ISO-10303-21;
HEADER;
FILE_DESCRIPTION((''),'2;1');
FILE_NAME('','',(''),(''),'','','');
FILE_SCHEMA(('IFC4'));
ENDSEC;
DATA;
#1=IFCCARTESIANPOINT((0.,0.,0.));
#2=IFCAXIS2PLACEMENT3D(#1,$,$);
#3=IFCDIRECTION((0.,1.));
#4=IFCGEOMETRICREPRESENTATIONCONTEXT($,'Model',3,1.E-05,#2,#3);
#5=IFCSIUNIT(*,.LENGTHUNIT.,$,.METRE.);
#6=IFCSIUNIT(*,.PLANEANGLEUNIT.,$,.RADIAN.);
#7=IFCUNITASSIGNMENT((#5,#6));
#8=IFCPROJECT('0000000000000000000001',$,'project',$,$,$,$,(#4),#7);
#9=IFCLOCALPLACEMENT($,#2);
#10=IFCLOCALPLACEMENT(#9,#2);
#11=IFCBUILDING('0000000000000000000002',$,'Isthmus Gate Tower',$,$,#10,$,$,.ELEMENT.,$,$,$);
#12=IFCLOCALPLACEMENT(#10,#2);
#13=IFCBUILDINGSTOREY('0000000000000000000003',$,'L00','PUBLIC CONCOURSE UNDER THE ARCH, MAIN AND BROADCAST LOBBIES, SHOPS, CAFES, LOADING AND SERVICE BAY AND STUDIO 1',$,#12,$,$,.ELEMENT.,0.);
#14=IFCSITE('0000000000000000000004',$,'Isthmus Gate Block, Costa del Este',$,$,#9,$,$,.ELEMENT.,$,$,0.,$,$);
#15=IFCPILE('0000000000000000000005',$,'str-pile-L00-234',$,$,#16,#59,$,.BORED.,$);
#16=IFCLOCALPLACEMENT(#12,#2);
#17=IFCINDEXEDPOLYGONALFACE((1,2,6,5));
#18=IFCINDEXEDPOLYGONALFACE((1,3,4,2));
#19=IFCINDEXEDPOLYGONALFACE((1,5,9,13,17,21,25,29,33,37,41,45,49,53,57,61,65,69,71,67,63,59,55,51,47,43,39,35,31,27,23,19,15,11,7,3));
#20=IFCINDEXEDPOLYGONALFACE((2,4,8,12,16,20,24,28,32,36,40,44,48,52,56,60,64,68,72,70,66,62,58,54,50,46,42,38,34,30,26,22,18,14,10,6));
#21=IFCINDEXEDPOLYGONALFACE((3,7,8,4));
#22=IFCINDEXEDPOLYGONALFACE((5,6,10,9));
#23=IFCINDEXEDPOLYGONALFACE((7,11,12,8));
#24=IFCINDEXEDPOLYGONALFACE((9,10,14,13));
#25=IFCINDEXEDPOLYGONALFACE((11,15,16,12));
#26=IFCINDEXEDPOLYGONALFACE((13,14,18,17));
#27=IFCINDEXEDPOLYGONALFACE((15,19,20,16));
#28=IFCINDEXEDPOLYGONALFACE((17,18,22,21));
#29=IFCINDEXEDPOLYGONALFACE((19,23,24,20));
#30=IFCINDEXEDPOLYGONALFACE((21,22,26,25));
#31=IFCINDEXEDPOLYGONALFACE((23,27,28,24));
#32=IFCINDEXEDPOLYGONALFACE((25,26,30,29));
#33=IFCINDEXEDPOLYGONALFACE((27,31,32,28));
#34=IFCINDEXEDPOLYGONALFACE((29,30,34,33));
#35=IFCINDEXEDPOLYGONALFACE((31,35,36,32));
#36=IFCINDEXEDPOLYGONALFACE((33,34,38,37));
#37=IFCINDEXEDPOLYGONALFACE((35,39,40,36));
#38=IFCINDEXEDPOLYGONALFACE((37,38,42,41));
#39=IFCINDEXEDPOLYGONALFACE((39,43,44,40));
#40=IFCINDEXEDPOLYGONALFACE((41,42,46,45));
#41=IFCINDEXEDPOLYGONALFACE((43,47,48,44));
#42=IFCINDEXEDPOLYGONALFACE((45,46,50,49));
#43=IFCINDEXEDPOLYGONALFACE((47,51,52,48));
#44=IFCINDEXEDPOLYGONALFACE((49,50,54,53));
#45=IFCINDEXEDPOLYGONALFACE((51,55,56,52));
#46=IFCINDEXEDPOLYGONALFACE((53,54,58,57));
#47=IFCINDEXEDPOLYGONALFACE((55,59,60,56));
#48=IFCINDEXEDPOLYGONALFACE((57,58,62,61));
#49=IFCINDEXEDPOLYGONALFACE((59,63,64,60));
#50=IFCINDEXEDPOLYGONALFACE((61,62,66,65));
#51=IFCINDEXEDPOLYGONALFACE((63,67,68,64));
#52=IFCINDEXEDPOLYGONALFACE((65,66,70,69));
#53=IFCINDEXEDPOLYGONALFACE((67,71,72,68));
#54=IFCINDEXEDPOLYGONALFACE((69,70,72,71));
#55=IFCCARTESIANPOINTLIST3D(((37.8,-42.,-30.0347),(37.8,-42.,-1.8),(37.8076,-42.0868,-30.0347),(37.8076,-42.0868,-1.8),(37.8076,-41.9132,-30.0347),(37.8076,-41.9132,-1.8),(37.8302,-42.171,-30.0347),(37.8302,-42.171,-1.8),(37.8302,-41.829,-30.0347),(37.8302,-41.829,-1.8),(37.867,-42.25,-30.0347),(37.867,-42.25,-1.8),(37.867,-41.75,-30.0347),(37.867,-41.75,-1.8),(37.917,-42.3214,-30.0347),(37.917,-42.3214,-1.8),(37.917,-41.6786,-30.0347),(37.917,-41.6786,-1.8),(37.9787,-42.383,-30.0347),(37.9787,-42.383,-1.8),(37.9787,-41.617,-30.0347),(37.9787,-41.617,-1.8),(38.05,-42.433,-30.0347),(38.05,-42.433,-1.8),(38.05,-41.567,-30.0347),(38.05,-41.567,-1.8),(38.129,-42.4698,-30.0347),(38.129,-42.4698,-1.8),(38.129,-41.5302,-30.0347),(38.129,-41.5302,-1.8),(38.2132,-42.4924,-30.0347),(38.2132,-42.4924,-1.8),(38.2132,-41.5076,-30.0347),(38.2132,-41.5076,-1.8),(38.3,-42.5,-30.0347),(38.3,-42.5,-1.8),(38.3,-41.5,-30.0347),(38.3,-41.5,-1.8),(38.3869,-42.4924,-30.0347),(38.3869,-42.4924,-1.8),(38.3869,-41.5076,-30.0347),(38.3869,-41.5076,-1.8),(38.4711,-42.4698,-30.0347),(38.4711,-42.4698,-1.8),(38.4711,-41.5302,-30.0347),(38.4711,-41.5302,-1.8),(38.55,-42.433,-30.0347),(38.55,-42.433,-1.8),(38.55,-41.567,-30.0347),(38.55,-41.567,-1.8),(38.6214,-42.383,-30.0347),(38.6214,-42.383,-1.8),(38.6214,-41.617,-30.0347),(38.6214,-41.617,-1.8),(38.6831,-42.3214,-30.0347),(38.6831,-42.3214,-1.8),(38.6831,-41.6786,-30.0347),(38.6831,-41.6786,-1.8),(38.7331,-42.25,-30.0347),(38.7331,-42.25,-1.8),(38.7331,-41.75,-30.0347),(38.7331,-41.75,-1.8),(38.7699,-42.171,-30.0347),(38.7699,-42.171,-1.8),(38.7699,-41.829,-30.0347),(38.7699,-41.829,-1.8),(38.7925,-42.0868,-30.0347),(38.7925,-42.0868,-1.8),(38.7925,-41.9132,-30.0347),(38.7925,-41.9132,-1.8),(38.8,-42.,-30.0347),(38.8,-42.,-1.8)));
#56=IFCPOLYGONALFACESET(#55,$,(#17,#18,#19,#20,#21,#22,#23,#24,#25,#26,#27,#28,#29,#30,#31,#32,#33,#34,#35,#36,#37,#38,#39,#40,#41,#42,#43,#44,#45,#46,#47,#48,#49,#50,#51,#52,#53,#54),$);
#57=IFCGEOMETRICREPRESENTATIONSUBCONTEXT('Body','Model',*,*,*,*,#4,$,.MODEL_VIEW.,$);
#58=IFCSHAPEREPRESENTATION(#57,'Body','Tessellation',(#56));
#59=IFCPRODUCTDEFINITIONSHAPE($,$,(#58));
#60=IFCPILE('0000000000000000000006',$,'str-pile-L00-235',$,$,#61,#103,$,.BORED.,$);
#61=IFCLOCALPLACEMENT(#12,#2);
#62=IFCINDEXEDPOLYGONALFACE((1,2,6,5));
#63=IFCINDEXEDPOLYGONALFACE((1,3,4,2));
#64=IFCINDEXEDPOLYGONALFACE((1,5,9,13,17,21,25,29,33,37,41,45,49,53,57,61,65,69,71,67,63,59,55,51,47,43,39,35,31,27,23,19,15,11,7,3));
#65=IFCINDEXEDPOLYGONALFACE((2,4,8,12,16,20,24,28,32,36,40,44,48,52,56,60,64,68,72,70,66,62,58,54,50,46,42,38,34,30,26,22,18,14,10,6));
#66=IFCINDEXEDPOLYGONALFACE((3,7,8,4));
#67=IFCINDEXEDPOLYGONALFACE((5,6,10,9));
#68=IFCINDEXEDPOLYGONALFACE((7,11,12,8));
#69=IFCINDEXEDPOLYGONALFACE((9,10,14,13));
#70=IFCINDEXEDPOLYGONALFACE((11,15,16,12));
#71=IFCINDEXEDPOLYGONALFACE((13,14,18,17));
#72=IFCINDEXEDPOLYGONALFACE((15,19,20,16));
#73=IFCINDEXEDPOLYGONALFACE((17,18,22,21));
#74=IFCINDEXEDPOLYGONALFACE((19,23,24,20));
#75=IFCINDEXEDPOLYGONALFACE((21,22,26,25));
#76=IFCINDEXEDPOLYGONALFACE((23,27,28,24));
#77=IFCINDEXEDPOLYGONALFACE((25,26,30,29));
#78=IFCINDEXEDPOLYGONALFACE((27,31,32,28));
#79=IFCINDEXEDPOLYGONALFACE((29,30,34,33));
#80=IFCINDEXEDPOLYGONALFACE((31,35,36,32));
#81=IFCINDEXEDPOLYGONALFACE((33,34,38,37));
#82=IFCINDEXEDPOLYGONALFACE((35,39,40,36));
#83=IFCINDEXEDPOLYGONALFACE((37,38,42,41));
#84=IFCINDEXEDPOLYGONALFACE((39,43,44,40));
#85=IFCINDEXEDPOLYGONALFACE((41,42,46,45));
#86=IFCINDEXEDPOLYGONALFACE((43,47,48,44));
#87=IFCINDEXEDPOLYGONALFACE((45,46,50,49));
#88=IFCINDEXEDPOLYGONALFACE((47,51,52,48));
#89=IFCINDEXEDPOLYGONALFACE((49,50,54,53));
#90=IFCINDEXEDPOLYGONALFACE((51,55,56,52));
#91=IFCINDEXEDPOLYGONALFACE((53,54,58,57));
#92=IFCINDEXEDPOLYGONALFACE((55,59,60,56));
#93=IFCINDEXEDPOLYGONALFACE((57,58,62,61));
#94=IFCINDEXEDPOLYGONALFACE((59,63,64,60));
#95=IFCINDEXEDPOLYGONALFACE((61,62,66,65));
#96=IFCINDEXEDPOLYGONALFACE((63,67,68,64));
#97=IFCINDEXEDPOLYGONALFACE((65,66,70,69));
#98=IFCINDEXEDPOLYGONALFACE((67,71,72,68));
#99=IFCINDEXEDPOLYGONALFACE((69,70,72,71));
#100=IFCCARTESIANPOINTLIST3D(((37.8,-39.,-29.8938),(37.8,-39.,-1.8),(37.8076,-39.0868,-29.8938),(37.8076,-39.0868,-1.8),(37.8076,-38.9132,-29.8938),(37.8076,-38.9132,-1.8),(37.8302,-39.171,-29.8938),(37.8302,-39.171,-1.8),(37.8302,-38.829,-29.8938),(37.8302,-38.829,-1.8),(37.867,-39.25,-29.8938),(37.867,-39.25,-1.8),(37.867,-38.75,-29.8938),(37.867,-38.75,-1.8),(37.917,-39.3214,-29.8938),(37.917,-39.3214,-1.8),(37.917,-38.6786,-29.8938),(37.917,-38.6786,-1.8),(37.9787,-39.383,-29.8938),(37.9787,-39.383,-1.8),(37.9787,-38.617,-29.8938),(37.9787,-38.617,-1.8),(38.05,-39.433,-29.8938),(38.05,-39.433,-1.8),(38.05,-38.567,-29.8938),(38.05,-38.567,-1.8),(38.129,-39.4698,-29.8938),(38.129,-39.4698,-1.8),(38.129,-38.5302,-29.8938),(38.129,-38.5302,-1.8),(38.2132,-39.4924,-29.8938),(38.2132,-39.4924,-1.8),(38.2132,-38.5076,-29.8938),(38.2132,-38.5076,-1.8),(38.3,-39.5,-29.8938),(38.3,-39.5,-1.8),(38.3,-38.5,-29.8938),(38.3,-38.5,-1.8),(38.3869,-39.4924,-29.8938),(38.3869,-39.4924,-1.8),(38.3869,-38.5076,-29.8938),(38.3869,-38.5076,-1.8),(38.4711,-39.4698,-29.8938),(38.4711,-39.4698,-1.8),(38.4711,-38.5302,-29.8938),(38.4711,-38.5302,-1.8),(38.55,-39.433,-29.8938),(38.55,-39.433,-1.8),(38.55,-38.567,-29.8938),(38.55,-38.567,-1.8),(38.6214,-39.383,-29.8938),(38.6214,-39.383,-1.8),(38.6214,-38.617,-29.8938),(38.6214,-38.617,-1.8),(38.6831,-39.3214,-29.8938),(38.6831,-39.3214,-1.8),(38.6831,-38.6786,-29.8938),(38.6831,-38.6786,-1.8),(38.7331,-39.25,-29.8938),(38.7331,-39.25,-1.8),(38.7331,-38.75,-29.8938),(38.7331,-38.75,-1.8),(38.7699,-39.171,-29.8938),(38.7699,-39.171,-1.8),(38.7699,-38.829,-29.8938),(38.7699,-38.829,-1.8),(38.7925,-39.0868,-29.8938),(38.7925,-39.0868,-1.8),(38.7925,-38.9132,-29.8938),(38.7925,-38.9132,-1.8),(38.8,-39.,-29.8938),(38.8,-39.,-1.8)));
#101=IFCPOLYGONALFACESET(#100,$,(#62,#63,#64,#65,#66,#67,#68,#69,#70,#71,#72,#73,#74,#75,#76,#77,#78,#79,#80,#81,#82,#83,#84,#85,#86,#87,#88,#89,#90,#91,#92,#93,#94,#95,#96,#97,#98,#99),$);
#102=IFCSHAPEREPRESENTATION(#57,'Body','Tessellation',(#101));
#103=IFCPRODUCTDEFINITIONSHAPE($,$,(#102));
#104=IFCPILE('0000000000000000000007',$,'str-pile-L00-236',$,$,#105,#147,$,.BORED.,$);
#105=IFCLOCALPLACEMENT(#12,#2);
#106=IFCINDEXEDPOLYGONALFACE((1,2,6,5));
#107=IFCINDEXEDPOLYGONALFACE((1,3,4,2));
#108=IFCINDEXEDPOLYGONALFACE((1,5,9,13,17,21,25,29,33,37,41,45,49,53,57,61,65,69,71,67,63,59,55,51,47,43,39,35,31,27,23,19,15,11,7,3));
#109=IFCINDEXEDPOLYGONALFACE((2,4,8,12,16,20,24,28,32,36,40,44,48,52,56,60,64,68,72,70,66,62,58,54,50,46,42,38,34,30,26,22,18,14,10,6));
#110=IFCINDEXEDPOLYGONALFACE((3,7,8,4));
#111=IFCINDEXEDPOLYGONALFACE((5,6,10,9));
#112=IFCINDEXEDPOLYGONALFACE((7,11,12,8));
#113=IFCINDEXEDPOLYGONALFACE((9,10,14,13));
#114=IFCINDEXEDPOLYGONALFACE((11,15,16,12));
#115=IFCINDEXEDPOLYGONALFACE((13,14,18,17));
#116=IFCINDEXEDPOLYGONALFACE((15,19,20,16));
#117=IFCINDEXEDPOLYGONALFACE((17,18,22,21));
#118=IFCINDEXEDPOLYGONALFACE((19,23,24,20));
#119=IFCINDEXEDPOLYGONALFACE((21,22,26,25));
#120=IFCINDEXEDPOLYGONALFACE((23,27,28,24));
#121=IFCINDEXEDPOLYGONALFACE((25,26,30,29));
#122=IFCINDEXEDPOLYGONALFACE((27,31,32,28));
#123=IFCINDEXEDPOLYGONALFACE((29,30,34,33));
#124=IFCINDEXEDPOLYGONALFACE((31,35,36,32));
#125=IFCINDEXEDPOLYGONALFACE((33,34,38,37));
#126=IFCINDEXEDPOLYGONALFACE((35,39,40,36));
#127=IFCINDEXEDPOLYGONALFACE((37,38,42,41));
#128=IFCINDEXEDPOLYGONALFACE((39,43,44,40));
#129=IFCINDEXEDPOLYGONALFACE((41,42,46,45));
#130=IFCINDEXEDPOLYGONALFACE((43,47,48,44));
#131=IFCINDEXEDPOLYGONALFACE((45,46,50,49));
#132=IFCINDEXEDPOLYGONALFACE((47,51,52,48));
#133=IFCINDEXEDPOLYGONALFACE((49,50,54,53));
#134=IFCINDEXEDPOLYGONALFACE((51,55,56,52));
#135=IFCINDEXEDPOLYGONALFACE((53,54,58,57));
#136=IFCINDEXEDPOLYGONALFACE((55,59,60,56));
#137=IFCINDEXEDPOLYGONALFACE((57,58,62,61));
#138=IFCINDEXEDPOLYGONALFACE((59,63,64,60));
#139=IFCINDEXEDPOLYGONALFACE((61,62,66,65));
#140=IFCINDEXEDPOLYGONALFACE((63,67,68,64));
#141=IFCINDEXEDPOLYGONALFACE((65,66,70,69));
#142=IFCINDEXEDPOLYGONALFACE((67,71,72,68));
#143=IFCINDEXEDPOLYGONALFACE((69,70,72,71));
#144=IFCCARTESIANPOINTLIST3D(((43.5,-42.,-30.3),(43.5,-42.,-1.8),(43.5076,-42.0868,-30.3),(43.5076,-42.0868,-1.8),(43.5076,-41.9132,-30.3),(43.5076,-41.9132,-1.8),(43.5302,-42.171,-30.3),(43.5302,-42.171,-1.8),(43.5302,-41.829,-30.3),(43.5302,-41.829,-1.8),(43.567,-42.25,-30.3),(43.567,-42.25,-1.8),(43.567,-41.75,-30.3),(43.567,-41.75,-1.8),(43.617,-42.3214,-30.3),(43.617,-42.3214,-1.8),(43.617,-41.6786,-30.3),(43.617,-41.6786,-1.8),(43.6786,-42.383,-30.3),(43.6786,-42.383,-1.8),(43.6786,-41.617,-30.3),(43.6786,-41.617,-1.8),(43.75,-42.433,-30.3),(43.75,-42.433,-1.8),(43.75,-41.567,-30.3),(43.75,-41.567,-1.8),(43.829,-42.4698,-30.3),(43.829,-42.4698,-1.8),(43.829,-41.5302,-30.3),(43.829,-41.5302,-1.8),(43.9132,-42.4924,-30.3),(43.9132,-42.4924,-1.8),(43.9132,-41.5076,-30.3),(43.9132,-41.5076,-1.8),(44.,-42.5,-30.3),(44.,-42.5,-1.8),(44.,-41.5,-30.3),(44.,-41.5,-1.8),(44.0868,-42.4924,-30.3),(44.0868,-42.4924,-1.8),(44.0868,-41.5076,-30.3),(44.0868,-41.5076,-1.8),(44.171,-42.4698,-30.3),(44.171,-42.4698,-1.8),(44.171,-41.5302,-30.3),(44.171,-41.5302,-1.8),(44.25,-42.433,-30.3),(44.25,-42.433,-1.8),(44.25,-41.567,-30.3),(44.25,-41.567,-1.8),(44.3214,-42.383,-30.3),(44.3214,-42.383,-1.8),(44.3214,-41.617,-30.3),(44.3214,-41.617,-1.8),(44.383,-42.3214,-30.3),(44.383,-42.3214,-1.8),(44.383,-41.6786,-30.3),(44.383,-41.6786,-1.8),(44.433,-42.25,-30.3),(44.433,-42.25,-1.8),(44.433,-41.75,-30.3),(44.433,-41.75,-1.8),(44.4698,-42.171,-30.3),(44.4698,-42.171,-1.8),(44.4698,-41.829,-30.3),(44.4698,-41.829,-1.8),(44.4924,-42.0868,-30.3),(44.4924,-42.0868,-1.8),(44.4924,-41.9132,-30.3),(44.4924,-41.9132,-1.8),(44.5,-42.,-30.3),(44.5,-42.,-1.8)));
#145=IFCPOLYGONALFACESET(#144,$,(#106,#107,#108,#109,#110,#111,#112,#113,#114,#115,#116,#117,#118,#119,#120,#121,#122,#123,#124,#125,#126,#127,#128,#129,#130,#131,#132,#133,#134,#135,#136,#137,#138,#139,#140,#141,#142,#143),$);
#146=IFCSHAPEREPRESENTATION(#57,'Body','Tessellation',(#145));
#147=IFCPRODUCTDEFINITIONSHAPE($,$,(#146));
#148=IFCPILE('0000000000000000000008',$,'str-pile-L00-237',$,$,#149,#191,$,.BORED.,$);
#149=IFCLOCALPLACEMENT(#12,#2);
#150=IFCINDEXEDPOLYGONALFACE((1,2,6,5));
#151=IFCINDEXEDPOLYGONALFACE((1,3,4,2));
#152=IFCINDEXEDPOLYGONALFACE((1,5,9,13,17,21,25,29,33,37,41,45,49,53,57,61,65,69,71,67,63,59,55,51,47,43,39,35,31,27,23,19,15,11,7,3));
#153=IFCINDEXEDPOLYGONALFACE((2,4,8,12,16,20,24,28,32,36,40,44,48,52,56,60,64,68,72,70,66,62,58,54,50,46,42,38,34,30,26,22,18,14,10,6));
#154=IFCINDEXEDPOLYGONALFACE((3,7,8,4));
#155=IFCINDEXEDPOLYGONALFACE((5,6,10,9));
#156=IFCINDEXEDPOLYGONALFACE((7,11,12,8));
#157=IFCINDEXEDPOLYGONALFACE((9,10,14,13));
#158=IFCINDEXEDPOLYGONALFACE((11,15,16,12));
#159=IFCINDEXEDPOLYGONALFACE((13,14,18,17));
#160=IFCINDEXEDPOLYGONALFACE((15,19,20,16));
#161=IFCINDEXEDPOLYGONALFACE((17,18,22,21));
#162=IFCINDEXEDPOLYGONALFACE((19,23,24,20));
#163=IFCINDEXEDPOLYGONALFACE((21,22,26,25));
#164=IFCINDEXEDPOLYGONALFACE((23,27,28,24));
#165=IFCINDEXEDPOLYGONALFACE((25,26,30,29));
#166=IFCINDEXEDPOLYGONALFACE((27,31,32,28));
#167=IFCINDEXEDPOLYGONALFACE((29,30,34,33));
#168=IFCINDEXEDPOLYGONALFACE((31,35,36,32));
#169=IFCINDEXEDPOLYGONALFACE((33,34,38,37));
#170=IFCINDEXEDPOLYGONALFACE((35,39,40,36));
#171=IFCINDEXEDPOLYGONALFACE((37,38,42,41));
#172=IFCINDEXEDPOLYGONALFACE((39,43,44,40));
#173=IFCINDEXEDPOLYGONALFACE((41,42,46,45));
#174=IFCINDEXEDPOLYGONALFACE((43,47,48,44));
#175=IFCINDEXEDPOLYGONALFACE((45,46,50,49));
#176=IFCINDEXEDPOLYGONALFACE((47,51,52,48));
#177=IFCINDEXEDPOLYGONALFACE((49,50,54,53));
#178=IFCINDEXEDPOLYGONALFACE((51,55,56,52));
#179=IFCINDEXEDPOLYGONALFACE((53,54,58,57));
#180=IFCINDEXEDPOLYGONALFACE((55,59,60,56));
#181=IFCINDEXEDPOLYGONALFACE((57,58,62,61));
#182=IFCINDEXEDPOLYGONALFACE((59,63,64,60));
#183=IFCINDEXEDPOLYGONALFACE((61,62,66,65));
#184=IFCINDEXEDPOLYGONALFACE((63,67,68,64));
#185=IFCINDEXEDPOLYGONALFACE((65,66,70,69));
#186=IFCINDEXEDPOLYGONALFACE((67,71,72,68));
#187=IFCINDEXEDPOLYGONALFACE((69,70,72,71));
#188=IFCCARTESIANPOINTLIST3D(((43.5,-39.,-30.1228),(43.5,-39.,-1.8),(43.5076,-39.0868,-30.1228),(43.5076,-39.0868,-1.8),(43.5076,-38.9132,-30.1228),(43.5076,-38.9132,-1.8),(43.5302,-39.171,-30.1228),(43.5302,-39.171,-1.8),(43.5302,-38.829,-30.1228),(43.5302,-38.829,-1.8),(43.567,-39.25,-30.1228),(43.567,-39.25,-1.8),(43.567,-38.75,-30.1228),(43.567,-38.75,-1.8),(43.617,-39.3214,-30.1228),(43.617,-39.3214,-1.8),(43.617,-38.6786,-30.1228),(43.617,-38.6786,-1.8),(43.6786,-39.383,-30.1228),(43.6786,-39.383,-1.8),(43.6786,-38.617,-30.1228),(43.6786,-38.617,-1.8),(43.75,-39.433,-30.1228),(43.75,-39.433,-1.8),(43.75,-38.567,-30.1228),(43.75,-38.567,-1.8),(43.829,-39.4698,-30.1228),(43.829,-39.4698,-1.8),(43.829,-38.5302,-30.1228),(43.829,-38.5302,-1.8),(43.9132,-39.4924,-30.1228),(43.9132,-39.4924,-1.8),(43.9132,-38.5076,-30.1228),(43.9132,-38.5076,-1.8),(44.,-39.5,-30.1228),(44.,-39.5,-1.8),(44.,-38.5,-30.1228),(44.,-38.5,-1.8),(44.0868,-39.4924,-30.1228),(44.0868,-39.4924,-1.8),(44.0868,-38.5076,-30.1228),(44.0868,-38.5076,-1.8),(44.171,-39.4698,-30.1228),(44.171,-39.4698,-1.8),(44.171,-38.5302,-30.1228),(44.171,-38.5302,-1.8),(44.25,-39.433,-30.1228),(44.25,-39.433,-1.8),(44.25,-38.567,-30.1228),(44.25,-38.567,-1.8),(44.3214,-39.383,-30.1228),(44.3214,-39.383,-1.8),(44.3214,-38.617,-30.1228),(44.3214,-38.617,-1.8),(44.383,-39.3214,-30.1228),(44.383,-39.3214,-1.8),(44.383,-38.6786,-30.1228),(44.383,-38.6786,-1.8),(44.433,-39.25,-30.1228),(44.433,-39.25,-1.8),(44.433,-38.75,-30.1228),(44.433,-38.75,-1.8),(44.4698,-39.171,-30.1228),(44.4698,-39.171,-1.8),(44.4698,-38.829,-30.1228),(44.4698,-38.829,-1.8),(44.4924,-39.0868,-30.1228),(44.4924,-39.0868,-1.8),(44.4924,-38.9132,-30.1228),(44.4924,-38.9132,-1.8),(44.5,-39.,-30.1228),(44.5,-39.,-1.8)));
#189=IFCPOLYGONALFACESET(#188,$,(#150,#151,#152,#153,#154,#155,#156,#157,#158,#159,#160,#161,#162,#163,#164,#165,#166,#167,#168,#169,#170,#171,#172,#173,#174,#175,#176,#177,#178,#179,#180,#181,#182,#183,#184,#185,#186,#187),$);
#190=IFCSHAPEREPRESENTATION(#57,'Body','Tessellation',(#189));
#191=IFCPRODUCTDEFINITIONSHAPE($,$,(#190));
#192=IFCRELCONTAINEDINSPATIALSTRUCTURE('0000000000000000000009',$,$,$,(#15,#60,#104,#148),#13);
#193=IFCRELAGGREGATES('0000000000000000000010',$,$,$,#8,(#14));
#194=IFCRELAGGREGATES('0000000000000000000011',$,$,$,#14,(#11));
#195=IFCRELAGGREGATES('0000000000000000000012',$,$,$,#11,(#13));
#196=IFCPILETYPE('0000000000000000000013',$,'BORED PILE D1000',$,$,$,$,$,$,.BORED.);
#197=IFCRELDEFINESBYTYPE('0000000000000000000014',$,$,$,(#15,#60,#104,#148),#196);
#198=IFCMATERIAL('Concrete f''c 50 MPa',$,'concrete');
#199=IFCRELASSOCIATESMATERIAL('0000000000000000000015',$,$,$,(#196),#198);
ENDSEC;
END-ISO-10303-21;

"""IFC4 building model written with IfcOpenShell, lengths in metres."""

from ifc_helpers import new_model, si_unit, direction, frame, origin, origin_2d, place, context, subcontext, project, spatial, circle, extrude, material, material_profile, profile_set, type_object, element, save


model = new_model("IFC4")

# Units and contexts
model_context = context("Model", 3, precision=1e-05, world=origin(), true_north=direction((0.0, 1.0)))
body_context = subcontext(model_context, "Body", "Model", "MODEL_VIEW")
ifc_project = project(units=[si_unit("LENGTHUNIT", "METRE"), si_unit("PLANEANGLEUNIT", "RADIAN")], contexts=[model_context])

# Site, building, storey
site_placement = place(None, origin())
site = spatial("IfcSite", under=ifc_project, at=site_placement, Name="Isthmus Gate Block, Costa del Este", CompositionType="ELEMENT", RefElevation=0.0)
building_placement = place(site_placement, origin())
building = spatial("IfcBuilding", under=site, at=building_placement, Name="Isthmus Gate Tower", CompositionType="ELEMENT")
storey_placement = place(building_placement, origin())
storey = spatial("IfcBuildingStorey", under=building, at=storey_placement, Name="L00", Description="PUBLIC CONCOURSE UNDER THE ARCH, MAIN AND BROADCAST LOBBIES, SHOPS, CAFES, LOADING AND SERVICE BAY AND STUDIO 1", CompositionType="ELEMENT", Elevation=0.0)

# Piles
ifc_material_1 = material(Name="Concrete f'c 50 MPa", Category="concrete")
ifc_material_profile_1 = material_profile(ifc_material_1, circle(Radius=0.5, at=origin_2d()), Name="D1000")
ifc_profile_set_1 = profile_set([ifc_material_profile_1], Name="Concrete f'c 50 MPa")
pile_type = type_object("IfcPileType", Name="BORED PILE D1000", PredefinedType="BORED", material=ifc_profile_set_1)
pile_1_placement = place(storey_placement, frame((38.3, -42.0, -1.8), z_axis=(0.0, 0.0, -1.0), x_axis=(1.0, 0.0, 0.0)))
element("IfcPile", 1, at=pile_1_placement, inside=storey, type_object=pile_type, Name="str-pile-L00-234", PredefinedType="BORED", context=body_context, shape_type="SweptSolid", body=[
    extrude(circle(Radius=0.5, at=origin_2d()), origin(), (0.0, 0.0, 1.0), 28.2346),
])
pile_2_placement = place(storey_placement, frame((38.3, -39.0, -1.8), z_axis=(0.0, 0.0, -1.0), x_axis=(1.0, 0.0, 0.0)))
element("IfcPile", 2, at=pile_2_placement, inside=storey, type_object=pile_type, Name="str-pile-L00-235", PredefinedType="BORED", context=body_context, shape_type="SweptSolid", body=[
    extrude(circle(Radius=0.5, at=origin_2d()), origin(), (0.0, 0.0, 1.0), 28.0938),
])
pile_3_placement = place(storey_placement, frame((44.0, -42.0, -1.8), z_axis=(0.0, 0.0, -1.0), x_axis=(1.0, 0.0, 0.0)))
element("IfcPile", 3, at=pile_3_placement, inside=storey, type_object=pile_type, Name="str-pile-L00-236", PredefinedType="BORED", context=body_context, shape_type="SweptSolid", body=[
    extrude(circle(Radius=0.5, at=origin_2d()), origin(), (0.0, 0.0, 1.0), 28.5),
])
pile_4_placement = place(storey_placement, frame((44.0, -39.0, -1.8), z_axis=(0.0, 0.0, -1.0), x_axis=(1.0, 0.0, 0.0)))
element("IfcPile", 4, at=pile_4_placement, inside=storey, type_object=pile_type, Name="str-pile-L00-237", PredefinedType="BORED", context=body_context, shape_type="SweptSolid", body=[
    extrude(circle(Radius=0.5, at=origin_2d()), origin(), (0.0, 0.0, 1.0), 28.3228),
])

save(model, "model.ifc")
